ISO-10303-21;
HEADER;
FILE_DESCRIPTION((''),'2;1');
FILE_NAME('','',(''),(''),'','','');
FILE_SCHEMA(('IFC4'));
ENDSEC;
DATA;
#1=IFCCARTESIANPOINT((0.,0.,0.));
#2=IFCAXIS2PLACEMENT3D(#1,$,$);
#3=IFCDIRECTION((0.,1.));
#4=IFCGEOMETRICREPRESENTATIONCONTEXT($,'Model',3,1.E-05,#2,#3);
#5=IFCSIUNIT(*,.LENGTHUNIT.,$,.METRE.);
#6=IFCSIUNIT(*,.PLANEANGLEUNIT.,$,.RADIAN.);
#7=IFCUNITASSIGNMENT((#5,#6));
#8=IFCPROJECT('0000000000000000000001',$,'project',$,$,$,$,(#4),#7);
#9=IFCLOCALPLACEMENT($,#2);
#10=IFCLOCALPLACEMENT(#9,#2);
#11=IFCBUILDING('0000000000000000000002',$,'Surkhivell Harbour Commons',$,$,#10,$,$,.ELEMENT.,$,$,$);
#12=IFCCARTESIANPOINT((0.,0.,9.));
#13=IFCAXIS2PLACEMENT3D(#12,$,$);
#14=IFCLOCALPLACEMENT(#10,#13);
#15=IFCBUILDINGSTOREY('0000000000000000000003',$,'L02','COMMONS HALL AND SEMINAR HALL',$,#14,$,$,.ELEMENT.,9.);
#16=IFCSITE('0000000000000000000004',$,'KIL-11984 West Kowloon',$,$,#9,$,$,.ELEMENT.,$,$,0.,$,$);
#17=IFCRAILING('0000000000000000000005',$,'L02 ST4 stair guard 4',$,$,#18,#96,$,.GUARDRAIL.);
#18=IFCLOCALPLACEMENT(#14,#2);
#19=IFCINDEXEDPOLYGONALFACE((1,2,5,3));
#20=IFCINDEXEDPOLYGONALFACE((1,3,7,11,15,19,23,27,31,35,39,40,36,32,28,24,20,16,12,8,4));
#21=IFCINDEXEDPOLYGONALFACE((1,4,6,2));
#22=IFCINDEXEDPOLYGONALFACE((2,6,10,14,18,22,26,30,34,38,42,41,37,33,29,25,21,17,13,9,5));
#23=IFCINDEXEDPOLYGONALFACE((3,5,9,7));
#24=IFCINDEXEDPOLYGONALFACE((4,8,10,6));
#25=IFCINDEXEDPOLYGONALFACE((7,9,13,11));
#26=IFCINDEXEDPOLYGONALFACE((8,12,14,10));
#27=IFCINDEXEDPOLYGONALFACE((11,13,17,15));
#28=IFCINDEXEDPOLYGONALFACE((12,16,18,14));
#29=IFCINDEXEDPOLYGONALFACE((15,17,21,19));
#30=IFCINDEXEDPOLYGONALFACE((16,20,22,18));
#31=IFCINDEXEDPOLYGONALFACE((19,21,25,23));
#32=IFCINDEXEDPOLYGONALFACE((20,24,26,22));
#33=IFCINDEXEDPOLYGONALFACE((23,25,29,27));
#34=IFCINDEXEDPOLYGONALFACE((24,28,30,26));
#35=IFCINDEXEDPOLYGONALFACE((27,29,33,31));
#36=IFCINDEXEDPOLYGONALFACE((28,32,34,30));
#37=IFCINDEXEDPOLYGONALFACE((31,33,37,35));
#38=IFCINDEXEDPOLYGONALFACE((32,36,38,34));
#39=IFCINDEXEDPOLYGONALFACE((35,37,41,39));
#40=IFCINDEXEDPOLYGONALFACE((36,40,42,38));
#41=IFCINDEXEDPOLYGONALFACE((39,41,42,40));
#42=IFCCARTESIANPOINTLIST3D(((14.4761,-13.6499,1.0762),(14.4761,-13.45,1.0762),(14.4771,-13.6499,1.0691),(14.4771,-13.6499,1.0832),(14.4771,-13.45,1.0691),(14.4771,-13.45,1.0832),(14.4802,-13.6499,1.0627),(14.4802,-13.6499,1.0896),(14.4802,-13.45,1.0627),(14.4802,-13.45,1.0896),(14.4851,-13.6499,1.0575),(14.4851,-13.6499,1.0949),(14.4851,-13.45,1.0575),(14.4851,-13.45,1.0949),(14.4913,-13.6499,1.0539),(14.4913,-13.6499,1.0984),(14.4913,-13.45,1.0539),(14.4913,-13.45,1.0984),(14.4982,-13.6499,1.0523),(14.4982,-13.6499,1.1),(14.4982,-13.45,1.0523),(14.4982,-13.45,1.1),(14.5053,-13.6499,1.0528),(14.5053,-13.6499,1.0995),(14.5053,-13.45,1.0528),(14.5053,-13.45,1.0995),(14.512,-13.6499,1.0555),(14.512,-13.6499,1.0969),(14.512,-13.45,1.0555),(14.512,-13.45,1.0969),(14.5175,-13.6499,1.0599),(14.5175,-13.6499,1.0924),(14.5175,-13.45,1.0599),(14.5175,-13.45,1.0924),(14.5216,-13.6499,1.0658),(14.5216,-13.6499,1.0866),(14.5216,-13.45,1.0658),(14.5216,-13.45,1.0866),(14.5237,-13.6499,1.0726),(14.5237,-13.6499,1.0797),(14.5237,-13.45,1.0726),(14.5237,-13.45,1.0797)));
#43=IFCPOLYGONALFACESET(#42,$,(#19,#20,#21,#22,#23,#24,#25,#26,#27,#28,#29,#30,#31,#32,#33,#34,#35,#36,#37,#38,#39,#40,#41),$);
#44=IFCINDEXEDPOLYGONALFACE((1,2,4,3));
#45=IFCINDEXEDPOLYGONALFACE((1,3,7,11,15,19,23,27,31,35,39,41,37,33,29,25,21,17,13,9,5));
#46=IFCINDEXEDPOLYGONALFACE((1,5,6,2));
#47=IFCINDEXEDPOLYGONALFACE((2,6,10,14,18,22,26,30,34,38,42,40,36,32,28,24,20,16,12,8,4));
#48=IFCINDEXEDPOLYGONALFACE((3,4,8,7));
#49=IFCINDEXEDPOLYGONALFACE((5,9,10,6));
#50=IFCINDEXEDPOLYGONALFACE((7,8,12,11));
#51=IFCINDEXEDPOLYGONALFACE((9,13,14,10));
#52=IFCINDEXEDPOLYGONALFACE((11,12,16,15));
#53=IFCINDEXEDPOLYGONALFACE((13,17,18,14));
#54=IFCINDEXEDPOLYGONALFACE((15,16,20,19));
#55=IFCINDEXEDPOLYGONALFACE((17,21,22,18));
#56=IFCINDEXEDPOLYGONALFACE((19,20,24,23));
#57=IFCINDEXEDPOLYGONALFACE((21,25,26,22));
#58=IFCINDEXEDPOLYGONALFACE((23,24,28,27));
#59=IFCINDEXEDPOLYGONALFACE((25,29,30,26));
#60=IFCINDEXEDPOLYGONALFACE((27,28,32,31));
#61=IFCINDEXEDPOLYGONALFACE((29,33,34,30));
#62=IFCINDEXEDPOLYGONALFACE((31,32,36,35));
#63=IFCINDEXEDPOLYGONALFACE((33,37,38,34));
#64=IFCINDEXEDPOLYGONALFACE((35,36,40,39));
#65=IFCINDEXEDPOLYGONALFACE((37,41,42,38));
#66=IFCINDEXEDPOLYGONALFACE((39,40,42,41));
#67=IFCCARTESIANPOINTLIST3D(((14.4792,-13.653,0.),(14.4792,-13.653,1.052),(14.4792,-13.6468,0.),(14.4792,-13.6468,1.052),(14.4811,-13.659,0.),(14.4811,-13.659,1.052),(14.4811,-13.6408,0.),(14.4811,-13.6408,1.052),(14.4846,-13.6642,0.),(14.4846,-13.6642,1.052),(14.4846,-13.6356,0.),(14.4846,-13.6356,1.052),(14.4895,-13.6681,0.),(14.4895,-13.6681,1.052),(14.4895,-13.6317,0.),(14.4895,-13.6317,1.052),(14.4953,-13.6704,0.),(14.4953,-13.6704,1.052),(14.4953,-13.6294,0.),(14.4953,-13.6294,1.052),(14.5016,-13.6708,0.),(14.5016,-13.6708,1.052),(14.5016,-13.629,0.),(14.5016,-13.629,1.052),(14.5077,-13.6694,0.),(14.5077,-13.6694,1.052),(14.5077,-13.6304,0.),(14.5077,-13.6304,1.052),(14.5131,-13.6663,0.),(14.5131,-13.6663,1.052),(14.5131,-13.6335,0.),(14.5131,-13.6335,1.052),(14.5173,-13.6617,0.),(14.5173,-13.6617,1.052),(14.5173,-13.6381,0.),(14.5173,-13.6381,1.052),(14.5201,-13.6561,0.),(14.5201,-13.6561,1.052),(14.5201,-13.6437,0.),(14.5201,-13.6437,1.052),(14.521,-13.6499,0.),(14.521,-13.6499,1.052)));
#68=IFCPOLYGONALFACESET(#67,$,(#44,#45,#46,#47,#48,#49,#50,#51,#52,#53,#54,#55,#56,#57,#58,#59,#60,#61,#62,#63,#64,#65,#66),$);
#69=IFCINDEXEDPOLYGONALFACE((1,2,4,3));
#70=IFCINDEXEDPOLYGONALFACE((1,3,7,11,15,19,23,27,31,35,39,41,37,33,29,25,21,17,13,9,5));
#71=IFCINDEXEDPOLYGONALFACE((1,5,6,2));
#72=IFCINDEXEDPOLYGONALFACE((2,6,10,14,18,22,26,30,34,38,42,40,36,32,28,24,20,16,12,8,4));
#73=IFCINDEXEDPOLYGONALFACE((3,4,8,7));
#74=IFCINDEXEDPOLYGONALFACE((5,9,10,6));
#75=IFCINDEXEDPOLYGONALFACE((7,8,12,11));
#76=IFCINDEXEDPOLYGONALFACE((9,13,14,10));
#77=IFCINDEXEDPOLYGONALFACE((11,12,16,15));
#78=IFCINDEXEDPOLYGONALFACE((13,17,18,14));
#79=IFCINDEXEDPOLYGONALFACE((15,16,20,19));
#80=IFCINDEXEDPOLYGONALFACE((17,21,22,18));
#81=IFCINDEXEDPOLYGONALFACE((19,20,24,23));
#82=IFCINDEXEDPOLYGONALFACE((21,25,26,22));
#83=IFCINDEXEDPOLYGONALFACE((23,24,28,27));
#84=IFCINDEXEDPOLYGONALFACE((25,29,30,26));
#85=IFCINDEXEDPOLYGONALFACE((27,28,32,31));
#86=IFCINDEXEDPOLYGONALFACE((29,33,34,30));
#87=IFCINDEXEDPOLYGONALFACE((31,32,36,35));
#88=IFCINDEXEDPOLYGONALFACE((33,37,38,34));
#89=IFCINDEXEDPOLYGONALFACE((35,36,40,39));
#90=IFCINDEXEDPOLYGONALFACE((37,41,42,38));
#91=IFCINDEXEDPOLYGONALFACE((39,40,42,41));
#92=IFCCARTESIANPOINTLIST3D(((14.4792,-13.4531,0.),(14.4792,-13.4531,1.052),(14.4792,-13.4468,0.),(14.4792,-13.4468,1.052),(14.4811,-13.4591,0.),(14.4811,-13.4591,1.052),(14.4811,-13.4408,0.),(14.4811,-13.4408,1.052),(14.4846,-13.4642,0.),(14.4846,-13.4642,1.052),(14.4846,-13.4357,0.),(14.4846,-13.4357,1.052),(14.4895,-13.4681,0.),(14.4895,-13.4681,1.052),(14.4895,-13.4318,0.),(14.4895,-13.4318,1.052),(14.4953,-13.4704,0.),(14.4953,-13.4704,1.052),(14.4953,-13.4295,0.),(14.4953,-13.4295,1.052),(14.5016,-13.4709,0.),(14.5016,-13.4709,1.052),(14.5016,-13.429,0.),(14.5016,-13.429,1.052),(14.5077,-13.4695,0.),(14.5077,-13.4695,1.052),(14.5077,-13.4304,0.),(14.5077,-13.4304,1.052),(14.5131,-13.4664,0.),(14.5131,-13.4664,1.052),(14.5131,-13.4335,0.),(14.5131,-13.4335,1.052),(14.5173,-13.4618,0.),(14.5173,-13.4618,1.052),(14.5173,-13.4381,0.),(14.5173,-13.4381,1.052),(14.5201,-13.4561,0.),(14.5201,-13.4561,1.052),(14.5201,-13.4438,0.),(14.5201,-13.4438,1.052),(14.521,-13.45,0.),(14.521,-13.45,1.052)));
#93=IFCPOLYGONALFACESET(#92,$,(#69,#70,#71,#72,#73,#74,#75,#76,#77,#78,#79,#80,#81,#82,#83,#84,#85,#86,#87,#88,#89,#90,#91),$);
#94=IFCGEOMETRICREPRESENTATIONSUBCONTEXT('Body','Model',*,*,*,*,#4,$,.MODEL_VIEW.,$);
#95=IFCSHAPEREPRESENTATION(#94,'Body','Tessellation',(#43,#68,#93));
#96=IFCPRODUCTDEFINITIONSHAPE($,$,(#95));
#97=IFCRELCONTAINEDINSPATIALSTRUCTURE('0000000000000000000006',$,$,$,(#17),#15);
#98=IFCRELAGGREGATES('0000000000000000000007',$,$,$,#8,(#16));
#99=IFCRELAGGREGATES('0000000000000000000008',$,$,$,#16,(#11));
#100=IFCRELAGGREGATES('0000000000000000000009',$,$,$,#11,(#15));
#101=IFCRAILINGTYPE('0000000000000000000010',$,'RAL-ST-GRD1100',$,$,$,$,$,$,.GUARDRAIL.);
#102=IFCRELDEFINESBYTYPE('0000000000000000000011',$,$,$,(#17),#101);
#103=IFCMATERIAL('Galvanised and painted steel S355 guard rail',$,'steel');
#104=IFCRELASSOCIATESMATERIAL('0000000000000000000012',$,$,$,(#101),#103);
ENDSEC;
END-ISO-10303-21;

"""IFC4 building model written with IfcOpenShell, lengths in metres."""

from ifc_helpers import new_model, si_unit, direction, frame, origin, origin_2d, place, context, subcontext, project, spatial, circle, extrude, material, type_object, element, save


model = new_model("IFC4")

# Units and contexts
model_context = context("Model", 3, precision=1e-05, world=origin(), true_north=direction((0.0, 1.0)))
body_context = subcontext(model_context, "Body", "Model", "MODEL_VIEW")
ifc_project = project(units=[si_unit("LENGTHUNIT", "METRE"), si_unit("PLANEANGLEUNIT", "RADIAN")], contexts=[model_context])

# Site, building, storey
site_placement = place(None, origin())
site = spatial("IfcSite", under=ifc_project, at=site_placement, Name="KIL-11984 West Kowloon", CompositionType="ELEMENT", RefElevation=0.0)
building_placement = place(site_placement, origin())
building = spatial("IfcBuilding", under=site, at=building_placement, Name="Surkhivell Harbour Commons", CompositionType="ELEMENT")
storey_placement = place(building_placement, frame((0.0, 0.0, 9.0)))
storey = spatial("IfcBuildingStorey", under=building, at=storey_placement, Name="L02", Description="COMMONS HALL AND SEMINAR HALL", CompositionType="ELEMENT", Elevation=9.0)

# Railing
ifc_material_1 = material(Name="Galvanised and painted steel S355 guard rail", Category="steel")
railing_type_1 = type_object("IfcRailingType", Name="RAL-ST-GRD1100", PredefinedType="GUARDRAIL", material=ifc_material_1)
railing_1_placement = place(storey_placement, frame((14.5, -13.6499, 0.0)))
element("IfcRailing", 1, at=railing_1_placement, inside=storey, type_object=railing_type_1, Name="L02 ST4 stair guard 4", PredefinedType="GUARDRAIL", context=body_context, shape_type="SweptSolid", body=[
    extrude(circle(Radius=0.0239, at=origin_2d()), frame((0.0, 0.0, 1.0762), z_axis=(0.0, 1.0, 0.0), x_axis=(-1.0, 0.0, 0.0)), (0.0, 0.0, 1.0), 0.2),
    extrude(circle(Radius=0.021, at=origin_2d()), origin(), (0.0, 0.0, 1.0), 1.052),
    extrude(circle(Radius=0.021, at=origin_2d()), frame((0.0, 0.2, 0.0)), (0.0, 0.0, 1.0), 1.052),
])

save(model, "model.ifc")
